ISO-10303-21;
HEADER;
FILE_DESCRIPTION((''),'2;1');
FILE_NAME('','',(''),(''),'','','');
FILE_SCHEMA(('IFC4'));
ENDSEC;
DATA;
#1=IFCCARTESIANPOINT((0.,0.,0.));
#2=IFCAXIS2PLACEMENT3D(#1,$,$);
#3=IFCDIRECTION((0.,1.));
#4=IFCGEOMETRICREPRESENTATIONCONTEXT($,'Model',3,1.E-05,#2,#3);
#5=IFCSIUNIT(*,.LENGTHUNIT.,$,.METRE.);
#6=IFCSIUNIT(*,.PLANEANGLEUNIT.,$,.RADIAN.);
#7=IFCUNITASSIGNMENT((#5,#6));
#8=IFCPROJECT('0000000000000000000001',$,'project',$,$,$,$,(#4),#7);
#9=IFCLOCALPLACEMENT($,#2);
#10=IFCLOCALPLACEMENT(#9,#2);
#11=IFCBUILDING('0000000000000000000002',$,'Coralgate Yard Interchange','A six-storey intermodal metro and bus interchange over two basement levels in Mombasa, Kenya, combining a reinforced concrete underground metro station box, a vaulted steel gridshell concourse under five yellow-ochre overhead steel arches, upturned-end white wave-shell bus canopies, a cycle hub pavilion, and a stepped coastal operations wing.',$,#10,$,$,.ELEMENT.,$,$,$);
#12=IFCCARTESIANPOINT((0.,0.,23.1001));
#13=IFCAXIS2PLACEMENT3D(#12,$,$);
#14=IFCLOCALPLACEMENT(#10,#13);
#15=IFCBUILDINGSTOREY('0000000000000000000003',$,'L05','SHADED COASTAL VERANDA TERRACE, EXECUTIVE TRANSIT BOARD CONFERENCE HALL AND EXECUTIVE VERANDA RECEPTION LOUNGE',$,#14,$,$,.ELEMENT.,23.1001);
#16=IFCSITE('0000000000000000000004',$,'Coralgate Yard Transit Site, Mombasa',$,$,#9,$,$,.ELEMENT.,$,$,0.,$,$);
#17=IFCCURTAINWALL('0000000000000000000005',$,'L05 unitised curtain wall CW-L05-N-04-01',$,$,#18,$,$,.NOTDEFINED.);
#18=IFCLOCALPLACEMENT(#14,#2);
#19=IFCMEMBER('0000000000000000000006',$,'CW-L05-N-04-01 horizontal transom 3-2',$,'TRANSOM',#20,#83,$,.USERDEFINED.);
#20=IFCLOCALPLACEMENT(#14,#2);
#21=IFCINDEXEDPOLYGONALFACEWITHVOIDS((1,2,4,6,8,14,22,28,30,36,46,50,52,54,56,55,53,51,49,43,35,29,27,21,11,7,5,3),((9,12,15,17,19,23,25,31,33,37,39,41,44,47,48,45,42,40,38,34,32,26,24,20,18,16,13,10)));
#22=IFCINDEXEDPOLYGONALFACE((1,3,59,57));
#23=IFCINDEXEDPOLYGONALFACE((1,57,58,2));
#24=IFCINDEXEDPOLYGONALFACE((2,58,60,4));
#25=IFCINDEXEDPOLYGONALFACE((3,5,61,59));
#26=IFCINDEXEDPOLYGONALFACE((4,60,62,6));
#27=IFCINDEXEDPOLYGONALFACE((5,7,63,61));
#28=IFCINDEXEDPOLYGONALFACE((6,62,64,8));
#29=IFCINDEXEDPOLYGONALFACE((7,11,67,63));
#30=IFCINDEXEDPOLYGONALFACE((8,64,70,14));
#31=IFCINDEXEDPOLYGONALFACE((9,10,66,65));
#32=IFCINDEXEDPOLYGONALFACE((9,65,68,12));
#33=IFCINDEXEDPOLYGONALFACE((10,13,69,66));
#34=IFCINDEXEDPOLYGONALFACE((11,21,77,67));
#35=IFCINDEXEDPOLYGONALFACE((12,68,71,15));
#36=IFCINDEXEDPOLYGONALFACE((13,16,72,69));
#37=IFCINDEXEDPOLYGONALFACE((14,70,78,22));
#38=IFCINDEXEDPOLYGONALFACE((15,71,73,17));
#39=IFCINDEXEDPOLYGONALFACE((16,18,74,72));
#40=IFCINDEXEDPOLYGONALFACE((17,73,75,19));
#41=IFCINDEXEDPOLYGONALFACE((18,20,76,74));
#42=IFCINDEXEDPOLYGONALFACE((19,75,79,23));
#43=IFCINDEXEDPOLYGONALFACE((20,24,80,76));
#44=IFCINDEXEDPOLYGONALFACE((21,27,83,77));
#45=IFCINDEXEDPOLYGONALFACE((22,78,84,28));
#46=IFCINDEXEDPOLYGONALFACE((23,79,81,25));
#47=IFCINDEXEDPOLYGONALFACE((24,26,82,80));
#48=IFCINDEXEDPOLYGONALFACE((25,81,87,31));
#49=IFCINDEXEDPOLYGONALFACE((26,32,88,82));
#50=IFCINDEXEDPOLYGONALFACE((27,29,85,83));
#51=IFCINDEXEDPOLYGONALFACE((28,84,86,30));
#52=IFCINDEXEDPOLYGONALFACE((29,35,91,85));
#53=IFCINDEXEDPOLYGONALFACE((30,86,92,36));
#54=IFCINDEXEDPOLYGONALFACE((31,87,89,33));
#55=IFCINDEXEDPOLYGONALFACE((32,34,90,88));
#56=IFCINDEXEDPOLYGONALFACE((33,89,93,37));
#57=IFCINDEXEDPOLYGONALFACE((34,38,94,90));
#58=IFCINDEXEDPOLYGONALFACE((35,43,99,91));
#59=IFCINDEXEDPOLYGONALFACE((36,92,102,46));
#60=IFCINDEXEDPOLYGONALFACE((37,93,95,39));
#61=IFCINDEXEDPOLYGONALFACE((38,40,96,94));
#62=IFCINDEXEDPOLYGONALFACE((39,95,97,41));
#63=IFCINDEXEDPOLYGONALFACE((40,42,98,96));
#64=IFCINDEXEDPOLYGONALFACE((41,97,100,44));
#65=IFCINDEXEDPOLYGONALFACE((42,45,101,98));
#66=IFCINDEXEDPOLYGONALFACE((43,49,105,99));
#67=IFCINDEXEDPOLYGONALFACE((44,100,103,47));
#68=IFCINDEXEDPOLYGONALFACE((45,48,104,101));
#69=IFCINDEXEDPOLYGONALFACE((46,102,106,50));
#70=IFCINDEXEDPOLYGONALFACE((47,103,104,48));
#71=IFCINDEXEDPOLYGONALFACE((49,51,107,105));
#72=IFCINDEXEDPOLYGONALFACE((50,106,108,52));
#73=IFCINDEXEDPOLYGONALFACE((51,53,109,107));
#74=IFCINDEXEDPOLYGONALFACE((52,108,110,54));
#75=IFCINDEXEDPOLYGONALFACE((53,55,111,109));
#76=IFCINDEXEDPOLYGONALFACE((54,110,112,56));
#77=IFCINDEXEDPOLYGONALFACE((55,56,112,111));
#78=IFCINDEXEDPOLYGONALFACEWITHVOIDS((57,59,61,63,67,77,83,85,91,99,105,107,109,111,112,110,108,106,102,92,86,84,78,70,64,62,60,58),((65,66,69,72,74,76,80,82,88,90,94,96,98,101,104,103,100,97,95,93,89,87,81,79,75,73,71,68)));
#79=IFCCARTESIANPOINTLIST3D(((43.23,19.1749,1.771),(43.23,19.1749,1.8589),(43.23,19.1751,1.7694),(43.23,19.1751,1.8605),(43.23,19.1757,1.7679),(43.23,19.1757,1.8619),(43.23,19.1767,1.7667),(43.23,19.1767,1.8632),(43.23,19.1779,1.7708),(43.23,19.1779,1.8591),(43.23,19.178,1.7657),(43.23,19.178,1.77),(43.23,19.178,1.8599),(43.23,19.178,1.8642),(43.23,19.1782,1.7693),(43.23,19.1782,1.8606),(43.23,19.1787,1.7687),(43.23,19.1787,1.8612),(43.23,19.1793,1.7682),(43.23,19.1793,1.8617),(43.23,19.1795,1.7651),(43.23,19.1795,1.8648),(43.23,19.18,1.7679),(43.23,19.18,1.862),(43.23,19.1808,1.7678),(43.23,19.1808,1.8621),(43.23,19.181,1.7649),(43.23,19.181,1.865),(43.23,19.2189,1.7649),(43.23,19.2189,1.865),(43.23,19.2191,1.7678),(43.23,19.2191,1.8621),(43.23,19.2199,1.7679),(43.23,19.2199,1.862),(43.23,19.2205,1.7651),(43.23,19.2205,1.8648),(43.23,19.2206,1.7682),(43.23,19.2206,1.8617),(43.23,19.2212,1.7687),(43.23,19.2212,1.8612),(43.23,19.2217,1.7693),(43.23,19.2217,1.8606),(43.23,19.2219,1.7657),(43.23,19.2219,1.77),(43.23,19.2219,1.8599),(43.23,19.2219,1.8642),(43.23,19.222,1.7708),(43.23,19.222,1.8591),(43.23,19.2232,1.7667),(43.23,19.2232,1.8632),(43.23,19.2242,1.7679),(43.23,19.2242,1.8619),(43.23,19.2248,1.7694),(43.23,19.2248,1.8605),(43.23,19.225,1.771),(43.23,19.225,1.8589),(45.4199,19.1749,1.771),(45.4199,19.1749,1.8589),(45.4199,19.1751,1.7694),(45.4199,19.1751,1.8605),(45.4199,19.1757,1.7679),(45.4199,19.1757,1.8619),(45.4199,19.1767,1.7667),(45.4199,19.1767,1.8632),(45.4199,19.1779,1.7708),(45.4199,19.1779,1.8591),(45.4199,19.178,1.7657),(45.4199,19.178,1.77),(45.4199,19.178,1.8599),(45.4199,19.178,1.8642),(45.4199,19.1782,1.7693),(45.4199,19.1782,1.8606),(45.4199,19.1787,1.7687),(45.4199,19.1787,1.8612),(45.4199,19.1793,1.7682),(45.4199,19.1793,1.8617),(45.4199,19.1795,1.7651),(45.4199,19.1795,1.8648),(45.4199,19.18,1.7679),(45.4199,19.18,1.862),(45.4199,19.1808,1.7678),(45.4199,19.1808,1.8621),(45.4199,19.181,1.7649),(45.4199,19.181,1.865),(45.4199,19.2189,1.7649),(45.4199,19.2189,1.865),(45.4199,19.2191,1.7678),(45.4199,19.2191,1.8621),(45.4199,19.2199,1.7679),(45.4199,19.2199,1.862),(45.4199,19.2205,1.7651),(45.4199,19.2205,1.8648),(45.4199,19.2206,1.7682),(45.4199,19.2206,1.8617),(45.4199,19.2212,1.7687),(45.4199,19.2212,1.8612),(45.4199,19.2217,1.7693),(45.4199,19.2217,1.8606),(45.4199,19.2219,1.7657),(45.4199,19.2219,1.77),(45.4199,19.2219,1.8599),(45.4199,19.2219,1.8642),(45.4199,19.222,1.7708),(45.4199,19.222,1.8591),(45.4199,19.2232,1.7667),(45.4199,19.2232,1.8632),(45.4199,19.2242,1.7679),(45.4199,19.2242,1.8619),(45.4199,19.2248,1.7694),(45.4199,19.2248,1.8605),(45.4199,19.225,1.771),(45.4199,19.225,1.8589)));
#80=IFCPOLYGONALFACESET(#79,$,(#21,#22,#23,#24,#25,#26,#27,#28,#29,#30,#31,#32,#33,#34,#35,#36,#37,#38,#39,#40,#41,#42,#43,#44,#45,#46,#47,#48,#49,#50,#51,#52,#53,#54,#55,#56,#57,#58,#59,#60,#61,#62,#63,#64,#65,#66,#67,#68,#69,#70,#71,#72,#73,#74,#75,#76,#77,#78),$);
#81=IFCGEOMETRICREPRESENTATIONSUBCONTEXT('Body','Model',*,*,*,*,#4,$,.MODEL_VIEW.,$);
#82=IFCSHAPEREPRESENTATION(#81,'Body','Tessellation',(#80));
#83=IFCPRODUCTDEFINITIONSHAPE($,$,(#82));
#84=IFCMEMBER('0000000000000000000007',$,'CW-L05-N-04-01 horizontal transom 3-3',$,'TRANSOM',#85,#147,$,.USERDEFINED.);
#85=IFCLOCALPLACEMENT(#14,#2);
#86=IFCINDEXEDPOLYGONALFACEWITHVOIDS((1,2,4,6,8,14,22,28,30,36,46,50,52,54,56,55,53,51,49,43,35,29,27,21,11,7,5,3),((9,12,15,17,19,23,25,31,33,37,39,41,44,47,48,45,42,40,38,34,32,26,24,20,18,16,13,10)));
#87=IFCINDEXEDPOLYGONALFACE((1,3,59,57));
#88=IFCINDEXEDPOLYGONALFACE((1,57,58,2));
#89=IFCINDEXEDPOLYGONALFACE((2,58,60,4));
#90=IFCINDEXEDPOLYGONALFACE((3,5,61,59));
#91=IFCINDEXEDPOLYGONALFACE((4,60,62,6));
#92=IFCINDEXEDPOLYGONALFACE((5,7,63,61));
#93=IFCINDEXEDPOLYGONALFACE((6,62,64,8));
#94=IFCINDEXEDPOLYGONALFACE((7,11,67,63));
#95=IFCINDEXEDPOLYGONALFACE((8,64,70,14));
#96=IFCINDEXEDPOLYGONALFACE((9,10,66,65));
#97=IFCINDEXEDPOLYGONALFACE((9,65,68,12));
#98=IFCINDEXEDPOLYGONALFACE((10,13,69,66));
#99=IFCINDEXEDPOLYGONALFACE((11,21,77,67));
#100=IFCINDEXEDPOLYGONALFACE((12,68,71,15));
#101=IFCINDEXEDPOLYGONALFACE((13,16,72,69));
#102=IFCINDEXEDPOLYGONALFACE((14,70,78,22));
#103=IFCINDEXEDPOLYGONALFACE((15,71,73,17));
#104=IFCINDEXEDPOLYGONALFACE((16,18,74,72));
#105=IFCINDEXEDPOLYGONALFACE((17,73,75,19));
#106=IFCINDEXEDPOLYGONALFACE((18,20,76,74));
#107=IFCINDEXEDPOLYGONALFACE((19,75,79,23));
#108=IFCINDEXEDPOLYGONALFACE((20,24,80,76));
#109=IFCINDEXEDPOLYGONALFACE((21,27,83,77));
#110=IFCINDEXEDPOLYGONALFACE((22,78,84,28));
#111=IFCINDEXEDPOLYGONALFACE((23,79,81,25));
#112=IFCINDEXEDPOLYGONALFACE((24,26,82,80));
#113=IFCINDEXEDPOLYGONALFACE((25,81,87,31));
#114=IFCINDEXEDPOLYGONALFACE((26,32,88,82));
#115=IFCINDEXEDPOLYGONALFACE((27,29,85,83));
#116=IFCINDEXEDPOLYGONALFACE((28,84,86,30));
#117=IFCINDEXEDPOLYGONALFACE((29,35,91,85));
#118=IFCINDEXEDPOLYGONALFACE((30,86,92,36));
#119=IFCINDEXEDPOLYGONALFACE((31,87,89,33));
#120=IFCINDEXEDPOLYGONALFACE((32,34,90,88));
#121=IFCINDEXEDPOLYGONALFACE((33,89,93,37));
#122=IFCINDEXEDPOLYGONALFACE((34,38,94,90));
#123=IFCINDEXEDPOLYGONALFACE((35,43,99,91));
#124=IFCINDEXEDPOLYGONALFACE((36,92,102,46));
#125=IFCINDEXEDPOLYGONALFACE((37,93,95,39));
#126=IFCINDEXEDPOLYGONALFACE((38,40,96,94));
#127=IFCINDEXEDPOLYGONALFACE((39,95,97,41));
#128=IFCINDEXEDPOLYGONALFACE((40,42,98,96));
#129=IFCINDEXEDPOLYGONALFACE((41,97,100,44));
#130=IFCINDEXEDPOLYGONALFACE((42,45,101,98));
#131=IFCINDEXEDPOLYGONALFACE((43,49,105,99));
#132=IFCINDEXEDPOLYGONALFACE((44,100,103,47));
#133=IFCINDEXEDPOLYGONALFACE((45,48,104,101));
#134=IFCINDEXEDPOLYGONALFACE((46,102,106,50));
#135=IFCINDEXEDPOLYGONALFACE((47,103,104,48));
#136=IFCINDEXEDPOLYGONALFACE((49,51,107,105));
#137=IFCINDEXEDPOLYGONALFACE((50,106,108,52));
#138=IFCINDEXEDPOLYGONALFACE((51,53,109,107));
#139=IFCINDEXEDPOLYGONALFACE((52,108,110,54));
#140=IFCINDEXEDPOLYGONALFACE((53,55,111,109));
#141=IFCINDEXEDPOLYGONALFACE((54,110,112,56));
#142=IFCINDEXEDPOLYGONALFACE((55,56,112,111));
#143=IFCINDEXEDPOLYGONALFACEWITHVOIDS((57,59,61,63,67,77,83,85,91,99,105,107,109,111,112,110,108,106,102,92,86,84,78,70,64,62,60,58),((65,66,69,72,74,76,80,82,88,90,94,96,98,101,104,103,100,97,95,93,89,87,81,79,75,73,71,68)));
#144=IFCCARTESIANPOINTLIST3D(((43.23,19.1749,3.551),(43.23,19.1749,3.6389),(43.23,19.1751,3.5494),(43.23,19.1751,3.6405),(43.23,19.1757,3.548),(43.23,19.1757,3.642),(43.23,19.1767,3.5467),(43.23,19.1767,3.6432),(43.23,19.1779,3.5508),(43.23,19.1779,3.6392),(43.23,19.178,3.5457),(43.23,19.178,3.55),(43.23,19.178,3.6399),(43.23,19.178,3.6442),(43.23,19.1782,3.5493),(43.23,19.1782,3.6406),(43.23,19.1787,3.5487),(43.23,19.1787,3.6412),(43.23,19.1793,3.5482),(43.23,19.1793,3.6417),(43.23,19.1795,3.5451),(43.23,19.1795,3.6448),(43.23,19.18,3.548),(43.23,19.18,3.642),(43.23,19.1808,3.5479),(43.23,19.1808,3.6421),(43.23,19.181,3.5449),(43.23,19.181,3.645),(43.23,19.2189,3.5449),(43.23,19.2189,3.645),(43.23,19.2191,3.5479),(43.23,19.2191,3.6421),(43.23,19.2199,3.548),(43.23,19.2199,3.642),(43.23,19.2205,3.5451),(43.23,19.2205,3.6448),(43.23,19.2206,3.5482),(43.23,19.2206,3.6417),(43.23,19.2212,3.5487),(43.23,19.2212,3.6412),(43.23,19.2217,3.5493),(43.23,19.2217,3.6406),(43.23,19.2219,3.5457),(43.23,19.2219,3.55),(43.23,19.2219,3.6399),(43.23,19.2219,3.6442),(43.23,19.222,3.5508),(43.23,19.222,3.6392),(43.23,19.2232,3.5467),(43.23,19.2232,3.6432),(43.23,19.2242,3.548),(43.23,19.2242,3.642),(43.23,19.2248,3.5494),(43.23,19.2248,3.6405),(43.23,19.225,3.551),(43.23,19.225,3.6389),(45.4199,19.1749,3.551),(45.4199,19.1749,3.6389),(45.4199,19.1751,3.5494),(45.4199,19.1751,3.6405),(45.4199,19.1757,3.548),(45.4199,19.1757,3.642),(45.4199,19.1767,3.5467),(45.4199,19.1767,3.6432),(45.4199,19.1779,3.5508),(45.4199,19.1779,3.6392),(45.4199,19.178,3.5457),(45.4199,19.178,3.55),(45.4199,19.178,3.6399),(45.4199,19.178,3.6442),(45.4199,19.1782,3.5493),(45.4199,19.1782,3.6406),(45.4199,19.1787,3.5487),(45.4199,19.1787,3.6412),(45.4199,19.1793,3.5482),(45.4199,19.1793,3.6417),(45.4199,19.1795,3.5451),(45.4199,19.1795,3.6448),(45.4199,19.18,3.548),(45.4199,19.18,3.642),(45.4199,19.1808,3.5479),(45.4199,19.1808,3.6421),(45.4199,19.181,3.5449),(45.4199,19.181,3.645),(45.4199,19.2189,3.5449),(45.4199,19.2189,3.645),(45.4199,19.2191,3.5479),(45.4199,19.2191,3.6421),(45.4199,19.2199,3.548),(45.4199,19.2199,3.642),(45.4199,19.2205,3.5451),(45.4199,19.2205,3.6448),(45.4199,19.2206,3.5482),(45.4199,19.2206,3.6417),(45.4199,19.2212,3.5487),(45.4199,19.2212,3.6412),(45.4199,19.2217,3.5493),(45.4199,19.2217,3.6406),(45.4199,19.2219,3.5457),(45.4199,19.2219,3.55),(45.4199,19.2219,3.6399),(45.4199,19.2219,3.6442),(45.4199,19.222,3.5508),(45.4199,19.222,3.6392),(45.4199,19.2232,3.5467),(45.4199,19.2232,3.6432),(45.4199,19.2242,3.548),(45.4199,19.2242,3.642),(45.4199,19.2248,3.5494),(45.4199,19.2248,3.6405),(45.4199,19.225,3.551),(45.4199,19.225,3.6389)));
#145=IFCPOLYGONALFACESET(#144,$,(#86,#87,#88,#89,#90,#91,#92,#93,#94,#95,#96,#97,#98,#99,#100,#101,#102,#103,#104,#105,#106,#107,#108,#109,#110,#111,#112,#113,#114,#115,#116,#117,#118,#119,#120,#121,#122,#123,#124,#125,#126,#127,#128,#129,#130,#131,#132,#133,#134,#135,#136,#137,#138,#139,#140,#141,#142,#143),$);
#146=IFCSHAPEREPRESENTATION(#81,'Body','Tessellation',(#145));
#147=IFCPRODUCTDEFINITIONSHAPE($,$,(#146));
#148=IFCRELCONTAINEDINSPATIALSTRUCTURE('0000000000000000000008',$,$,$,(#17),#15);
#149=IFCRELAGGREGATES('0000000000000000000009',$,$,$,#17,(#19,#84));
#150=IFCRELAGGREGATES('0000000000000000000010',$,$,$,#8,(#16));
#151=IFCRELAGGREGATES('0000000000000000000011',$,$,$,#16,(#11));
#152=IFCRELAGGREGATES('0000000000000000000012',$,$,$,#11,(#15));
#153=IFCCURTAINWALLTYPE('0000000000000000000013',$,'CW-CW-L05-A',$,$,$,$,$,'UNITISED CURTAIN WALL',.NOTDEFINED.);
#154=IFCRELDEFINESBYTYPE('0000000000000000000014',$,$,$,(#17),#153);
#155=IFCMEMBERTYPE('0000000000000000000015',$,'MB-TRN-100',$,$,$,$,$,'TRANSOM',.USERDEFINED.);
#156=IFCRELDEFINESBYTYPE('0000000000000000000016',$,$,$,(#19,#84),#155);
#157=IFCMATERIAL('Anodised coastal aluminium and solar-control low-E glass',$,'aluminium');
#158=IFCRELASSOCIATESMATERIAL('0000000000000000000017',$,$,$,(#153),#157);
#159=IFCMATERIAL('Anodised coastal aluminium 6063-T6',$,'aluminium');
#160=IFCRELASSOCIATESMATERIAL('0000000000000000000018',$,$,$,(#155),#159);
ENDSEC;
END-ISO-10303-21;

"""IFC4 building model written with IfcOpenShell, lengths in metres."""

from ifc_helpers import new_model, si_unit, direction, frame, origin, origin_2d, place, context, subcontext, project, spatial, hollow_rectangle, extrude, material, material_profile, profile_set, type_object, element, aggregate, save


model = new_model("IFC4")

# Units and contexts
model_context = context("Model", 3, precision=1e-05, world=origin(), true_north=direction((0.0, 1.0)))
body_context = subcontext(model_context, "Body", "Model", "MODEL_VIEW")
ifc_project = project(units=[si_unit("LENGTHUNIT", "METRE"), si_unit("PLANEANGLEUNIT", "RADIAN")], contexts=[model_context])

# Site, building, storey
site_placement = place(None, origin())
site = spatial("IfcSite", under=ifc_project, at=site_placement, Name="Coralgate Yard Transit Site, Mombasa", CompositionType="ELEMENT", RefElevation=0.0)
building_placement = place(site_placement, origin())
building = spatial("IfcBuilding", under=site, at=building_placement, Name="Coralgate Yard Interchange", Description="A six-storey intermodal metro and bus interchange over two basement levels in Mombasa, Kenya, combining a reinforced concrete underground metro station box, a vaulted steel gridshell concourse under five yellow-ochre overhead steel arches, upturned-end white wave-shell bus canopies, a cycle hub pavilion, and a stepped coastal operations wing.", CompositionType="ELEMENT")
storey_placement = place(building_placement, frame((0.0, 0.0, 23.1001)))
storey = spatial("IfcBuildingStorey", under=building, at=storey_placement, Name="L05", Description="SHADED COASTAL VERANDA TERRACE, EXECUTIVE TRANSIT BOARD CONFERENCE HALL AND EXECUTIVE VERANDA RECEPTION LOUNGE", CompositionType="ELEMENT", Elevation=23.1001)

# Curtain wall, members
ifc_material_1 = material(Name="Anodised coastal aluminium and solar-control low-E glass", Category="aluminium")
curtain_wall_type = type_object("IfcCurtainWallType", Name="CW-CW-L05-A", ElementType="UNITISED CURTAIN WALL", PredefinedType="NOTDEFINED", material=ifc_material_1)
curtain_wall_placement = place(storey_placement, origin())
curtain_wall = element("IfcCurtainWall", 1, at=curtain_wall_placement, inside=storey, type_object=curtain_wall_type, Name="L05 unitised curtain wall CW-L05-N-04-01", PredefinedType="NOTDEFINED")
ifc_material_2 = material(Name="Anodised coastal aluminium 6063-T6", Category="aluminium")
ifc_material_profile_1 = material_profile(ifc_material_2, hollow_rectangle(XDim=0.05, YDim=0.1001, WallThickness=0.0029, InnerFilletRadius=0.0029, OuterFilletRadius=0.0061, at=origin_2d()), Name="ALU 50x100x3")
ifc_profile_set_1 = profile_set([ifc_material_profile_1], Name="Anodised coastal aluminium 6063-T6")
member_type_1 = type_object("IfcMemberType", Name="MB-TRN-100", ElementType="TRANSOM", PredefinedType="USERDEFINED", material=ifc_profile_set_1)
member_1_placement = place(storey_placement, frame((43.23, 19.2, 1.8149), z_axis=(1.0, 0.0, 0.0), x_axis=(0.0, 1.0, 0.0)))
member_1 = element("IfcMember", 2, at=member_1_placement, type_object=member_type_1, Name="CW-L05-N-04-01 horizontal transom 3-2", ObjectType="TRANSOM", PredefinedType="USERDEFINED", context=body_context, shape_type="SweptSolid", body=[
    extrude(hollow_rectangle(XDim=0.05, YDim=0.1001, WallThickness=0.0029, InnerFilletRadius=0.0029, OuterFilletRadius=0.0061, at=origin_2d()), origin(), (0.0, 0.0, 1.0), 2.1899),
])
member_2_placement = place(storey_placement, frame((43.23, 19.2, 3.595), z_axis=(1.0, 0.0, 0.0), x_axis=(0.0, 1.0, 0.0)))
member_2 = element("IfcMember", 3, at=member_2_placement, type_object=member_type_1, Name="CW-L05-N-04-01 horizontal transom 3-3", ObjectType="TRANSOM", PredefinedType="USERDEFINED", context=body_context, shape_type="SweptSolid", body=[
    extrude(hollow_rectangle(XDim=0.05, YDim=0.1001, WallThickness=0.0029, InnerFilletRadius=0.0029, OuterFilletRadius=0.0061, at=origin_2d()), origin(), (0.0, 0.0, 1.0), 2.1899),
])
aggregate(curtain_wall, [member_1, member_2])

save(model, "model.ifc")
